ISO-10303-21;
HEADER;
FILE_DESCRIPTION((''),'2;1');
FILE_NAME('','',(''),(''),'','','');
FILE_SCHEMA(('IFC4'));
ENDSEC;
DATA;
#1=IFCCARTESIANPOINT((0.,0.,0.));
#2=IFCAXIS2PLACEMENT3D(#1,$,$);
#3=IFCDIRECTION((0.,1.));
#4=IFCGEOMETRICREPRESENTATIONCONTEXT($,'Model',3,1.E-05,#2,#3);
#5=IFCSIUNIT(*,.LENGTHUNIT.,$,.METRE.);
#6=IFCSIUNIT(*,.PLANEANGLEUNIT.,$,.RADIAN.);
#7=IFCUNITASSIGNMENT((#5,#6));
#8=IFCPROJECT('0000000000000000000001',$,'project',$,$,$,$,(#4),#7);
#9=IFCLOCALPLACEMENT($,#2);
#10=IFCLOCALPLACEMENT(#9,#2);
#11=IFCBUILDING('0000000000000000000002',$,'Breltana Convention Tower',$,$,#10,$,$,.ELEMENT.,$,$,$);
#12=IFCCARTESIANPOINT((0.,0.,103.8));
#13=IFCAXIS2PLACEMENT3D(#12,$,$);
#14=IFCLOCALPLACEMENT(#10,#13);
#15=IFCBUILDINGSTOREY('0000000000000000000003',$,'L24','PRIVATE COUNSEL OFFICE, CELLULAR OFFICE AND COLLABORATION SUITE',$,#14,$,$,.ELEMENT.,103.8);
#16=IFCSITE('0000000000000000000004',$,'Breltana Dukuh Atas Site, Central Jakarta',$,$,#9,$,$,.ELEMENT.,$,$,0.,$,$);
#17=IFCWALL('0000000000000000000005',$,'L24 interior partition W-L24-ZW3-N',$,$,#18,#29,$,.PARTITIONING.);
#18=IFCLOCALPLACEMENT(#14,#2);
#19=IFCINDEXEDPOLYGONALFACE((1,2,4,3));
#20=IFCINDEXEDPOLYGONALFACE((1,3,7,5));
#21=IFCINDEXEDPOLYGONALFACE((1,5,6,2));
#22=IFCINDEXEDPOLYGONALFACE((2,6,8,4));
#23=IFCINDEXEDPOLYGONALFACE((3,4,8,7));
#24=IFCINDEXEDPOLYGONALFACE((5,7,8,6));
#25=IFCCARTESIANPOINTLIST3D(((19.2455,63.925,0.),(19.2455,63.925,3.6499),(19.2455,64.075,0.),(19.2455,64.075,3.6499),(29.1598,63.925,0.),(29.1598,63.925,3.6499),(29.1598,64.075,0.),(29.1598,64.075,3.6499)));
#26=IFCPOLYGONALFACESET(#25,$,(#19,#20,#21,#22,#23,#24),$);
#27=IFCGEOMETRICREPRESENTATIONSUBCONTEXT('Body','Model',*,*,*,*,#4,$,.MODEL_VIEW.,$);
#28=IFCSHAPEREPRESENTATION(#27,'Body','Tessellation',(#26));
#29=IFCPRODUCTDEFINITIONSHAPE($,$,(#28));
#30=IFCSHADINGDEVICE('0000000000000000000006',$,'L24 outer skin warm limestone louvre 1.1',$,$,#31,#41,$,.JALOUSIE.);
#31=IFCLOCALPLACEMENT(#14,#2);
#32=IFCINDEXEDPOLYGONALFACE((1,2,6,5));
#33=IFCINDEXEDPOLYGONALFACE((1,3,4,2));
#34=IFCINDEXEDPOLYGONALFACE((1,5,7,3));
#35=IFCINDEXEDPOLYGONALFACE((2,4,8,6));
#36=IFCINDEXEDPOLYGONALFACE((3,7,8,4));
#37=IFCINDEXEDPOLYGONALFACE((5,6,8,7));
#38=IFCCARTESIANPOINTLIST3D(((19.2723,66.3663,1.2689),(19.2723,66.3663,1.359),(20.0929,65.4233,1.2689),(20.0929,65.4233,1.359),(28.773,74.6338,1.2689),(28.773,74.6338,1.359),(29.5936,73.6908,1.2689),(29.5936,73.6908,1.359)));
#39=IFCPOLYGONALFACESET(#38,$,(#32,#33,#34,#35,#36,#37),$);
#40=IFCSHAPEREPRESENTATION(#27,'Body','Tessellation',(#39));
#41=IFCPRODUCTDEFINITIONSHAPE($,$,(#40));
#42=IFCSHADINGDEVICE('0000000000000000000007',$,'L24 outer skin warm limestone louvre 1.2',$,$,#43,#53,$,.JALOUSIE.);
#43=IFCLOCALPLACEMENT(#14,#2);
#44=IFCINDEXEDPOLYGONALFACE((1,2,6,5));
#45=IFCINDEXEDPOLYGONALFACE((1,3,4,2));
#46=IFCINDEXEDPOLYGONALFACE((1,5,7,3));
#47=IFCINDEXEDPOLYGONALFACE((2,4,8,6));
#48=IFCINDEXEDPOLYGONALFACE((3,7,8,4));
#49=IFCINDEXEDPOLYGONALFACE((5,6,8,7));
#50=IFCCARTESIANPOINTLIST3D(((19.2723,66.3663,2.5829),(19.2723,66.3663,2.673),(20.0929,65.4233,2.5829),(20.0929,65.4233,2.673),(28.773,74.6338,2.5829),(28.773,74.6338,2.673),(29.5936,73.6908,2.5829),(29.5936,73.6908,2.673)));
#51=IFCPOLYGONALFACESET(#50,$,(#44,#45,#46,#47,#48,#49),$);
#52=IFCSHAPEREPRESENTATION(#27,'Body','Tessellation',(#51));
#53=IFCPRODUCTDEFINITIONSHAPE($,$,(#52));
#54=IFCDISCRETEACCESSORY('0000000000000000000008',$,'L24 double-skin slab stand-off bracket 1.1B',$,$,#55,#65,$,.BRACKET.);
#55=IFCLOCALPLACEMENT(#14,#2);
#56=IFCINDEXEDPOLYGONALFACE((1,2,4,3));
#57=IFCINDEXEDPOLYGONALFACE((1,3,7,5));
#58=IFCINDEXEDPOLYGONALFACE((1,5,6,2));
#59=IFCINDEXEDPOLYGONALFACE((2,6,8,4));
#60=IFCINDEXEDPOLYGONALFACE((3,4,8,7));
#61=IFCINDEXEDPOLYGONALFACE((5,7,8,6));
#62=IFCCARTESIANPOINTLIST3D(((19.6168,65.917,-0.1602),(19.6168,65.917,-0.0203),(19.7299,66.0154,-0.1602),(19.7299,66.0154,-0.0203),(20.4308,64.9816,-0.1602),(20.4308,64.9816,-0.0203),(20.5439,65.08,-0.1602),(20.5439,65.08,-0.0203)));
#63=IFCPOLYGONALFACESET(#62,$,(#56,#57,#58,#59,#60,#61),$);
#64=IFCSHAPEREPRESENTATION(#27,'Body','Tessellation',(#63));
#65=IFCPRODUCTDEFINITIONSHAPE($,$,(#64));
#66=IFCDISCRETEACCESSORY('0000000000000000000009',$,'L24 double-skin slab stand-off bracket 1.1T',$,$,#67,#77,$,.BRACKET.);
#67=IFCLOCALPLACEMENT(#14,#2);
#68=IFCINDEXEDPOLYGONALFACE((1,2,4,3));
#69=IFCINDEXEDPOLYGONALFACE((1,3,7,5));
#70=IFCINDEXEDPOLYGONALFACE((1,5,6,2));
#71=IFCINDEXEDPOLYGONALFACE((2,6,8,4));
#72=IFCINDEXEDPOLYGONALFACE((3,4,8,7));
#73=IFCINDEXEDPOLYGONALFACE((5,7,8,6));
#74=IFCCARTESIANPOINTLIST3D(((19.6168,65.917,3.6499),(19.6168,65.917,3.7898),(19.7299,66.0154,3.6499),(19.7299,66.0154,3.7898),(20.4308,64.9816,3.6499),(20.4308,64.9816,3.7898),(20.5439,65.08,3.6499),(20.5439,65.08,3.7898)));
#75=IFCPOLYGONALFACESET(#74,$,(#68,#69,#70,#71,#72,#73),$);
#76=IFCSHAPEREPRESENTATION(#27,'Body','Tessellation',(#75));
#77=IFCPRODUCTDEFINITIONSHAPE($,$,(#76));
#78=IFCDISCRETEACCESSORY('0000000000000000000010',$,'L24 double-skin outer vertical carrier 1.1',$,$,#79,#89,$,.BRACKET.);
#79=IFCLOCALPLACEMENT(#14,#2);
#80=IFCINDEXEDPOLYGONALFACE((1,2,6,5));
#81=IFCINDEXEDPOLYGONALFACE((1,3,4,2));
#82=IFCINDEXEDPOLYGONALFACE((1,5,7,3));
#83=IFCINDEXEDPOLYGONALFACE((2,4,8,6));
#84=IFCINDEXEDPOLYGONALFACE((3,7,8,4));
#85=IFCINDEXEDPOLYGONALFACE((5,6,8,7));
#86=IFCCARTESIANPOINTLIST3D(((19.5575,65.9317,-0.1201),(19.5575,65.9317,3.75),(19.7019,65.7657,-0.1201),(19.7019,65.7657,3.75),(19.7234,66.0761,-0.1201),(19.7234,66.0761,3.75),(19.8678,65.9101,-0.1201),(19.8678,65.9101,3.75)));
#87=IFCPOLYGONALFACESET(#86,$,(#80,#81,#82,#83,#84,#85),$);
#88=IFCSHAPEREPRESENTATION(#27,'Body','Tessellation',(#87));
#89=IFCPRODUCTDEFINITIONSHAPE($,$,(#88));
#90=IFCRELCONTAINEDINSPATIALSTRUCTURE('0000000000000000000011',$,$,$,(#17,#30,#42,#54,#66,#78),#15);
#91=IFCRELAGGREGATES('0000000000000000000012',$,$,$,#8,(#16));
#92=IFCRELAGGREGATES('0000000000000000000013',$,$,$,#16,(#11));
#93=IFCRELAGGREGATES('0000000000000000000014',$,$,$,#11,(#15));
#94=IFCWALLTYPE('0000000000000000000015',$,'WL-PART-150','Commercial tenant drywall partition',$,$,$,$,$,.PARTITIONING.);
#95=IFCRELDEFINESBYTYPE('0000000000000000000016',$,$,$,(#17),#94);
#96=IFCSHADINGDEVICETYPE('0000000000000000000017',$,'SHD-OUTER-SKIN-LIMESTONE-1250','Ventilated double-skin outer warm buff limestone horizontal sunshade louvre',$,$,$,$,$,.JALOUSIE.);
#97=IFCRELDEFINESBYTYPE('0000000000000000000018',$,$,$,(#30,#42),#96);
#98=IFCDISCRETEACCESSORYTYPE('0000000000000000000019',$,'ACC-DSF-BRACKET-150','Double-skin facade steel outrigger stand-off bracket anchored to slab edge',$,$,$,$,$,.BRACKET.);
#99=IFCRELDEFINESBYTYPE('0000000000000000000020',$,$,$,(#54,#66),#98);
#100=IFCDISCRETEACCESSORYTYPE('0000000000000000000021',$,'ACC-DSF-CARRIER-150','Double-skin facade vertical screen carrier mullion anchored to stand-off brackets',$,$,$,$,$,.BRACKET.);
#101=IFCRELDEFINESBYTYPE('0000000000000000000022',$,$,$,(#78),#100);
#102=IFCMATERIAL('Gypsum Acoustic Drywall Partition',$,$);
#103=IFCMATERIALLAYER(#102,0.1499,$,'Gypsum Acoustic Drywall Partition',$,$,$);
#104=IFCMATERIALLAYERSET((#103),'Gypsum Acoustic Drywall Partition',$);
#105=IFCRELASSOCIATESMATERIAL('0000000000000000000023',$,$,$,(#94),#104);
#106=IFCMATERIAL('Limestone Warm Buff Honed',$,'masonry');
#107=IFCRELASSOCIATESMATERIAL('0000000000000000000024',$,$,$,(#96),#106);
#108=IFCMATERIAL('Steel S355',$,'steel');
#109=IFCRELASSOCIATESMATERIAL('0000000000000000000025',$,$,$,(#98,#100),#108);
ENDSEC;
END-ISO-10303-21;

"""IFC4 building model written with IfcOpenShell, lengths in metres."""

from ifc_helpers import new_model, si_unit, direction, frame, frame_2d, origin, origin_2d, place, context, subcontext, project, spatial, rectangle, extrude, source, transform, mapped, material, layer, layer_set, material_profile, profile_set, type_object, type_shapes, element, save


model = new_model("IFC4")

# Units and contexts
model_context = context("Model", 3, precision=1e-05, world=origin(), true_north=direction((0.0, 1.0)))
body_context = subcontext(model_context, "Body", "Model", "MODEL_VIEW")
ifc_project = project(units=[si_unit("LENGTHUNIT", "METRE"), si_unit("PLANEANGLEUNIT", "RADIAN")], contexts=[model_context])

# Site, building, storey
site_placement = place(None, origin())
site = spatial("IfcSite", under=ifc_project, at=site_placement, Name="Breltana Dukuh Atas Site, Central Jakarta", CompositionType="ELEMENT", RefElevation=0.0)
building_placement = place(site_placement, origin())
building = spatial("IfcBuilding", under=site, at=building_placement, Name="Breltana Convention Tower", CompositionType="ELEMENT")
storey_placement = place(building_placement, frame((0.0, 0.0, 103.8)))
storey = spatial("IfcBuildingStorey", under=building, at=storey_placement, Name="L24", Description="PRIVATE COUNSEL OFFICE, CELLULAR OFFICE AND COLLABORATION SUITE", CompositionType="ELEMENT", Elevation=103.8)

# Wall
ifc_material_1 = material(Name="Gypsum Acoustic Drywall Partition")
ifc_layer_1 = layer(ifc_material_1, 0.1499, Name="Gypsum Acoustic Drywall Partition")
ifc_layer_set_1 = layer_set([ifc_layer_1], Name="Gypsum Acoustic Drywall Partition")
wall_type_1 = type_object("IfcWallType", Name="WL-PART-150", Description="Commercial tenant drywall partition", PredefinedType="PARTITIONING", material=ifc_layer_set_1)
shared_shape_1 = source(origin(), body_context, "Body", "SweptSolid", [
    extrude(rectangle(XDim=9.9143, YDim=0.1499, at=frame_2d((4.957, 0.0))), origin(), (0.0, 0.0, 1.0), 3.6499),
])
wall_1_placement = place(storey_placement, frame((19.2456, 64.0, 0.0), z_axis=(0.0, 0.0, 1.0), x_axis=(1.0, 0.0, 0.0)))
element("IfcWall", 1, at=wall_1_placement, inside=storey, type_object=wall_type_1, Name="L24 interior partition W-L24-ZW3-N", PredefinedType="PARTITIONING", context=body_context, shape_type="MappedRepresentation", body=[
    mapped(shared_shape_1, transform((0.0, 0.0, 0.0), scale=1.0)),
])

# Shading devices
ifc_material_2 = material(Name="Limestone Warm Buff Honed", Category="masonry")
ifc_material_profile_1 = material_profile(ifc_material_2, rectangle(XDim=1.25, YDim=0.0901, at=origin_2d()), Name="STN-LVR-1250X90")
ifc_profile_set_1 = profile_set([ifc_material_profile_1], Name="Limestone Warm Buff Honed")
shading_device_type = type_object("IfcShadingDeviceType", Name="SHD-OUTER-SKIN-LIMESTONE-1250", Description="Ventilated double-skin outer warm buff limestone horizontal sunshade louvre", PredefinedType="JALOUSIE", material=ifc_profile_set_1)
shared_shape_2 = source(origin(), body_context, "Body", "SweptSolid", [
    extrude(rectangle(XDim=1.25, YDim=0.0901, at=origin_2d()), origin(), (0.0, 0.0, 1.0), 12.5942),
])
for number, where, z_axis, x_axis, name in (
    (2, (19.6826, 65.8948, 1.314), (0.754367, 0.656453, 0.0), (-0.656453, 0.754367, 0.0), "L24 outer skin warm limestone louvre 1.1"),
    (3, (19.6826, 65.8948, 2.6279), (0.754367, 0.656453, 0.0), (-0.656453, 0.754367, 0.0), "L24 outer skin warm limestone louvre 1.2"),
):
    element("IfcShadingDevice", number, at=place(storey_placement, frame(where, z_axis=z_axis, x_axis=x_axis)), inside=storey, type_object=shading_device_type, Name=name, PredefinedType="JALOUSIE", context=body_context, shape_type="MappedRepresentation", body=[
        mapped(shared_shape_2, transform((0.0, 0.0, 0.0), scale=1.0)),
    ])

# Discrete accessories
ifc_material_3 = material(Name="Steel S355", Category="steel")
discrete_accessory_type_1 = type_object("IfcDiscreteAccessoryType", Name="ACC-DSF-BRACKET-150", Description="Double-skin facade steel outrigger stand-off bracket anchored to slab edge", PredefinedType="BRACKET", material=ifc_material_3)
shared_shape_3 = source(origin(), body_context, "Body", "SweptSolid", [
    extrude(rectangle(XDim=1.24, YDim=0.1499, at=origin_2d()), origin(), (0.0, 0.0, 1.0), 0.1399),
])
type_shapes(discrete_accessory_type_1, [shared_shape_3])
for number, where, z_axis, x_axis, name in (
    (4, (20.0803, 65.4985, -0.1602), (0.0, 0.0, 1.0), (-0.656454, 0.754366, 0.0), "L24 double-skin slab stand-off bracket 1.1B"),
    (5, (20.0803, 65.4985, 3.6499), (0.0, 0.0, 1.0), (-0.656454, 0.754366, 0.0), "L24 double-skin slab stand-off bracket 1.1T"),
):
    element("IfcDiscreteAccessory", number, at=place(storey_placement, frame(where, z_axis=z_axis, x_axis=x_axis)), inside=storey, type_object=discrete_accessory_type_1, Name=name, PredefinedType="BRACKET", context=body_context, shape_type="MappedRepresentation", body=[
        mapped(shared_shape_3, transform((0.0, 0.0, 0.0), scale=1.0)),
    ])
discrete_accessory_type_2 = type_object("IfcDiscreteAccessoryType", Name="ACC-DSF-CARRIER-150", Description="Double-skin facade vertical screen carrier mullion anchored to stand-off brackets", PredefinedType="BRACKET", material=ifc_material_3)
shared_shape_4 = source(origin(), body_context, "Body", "SweptSolid", [
    extrude(rectangle(XDim=0.22, YDim=0.22, at=origin_2d()), origin(), (0.0, 0.0, 1.0), 3.8701),
])
discrete_accessory_placement = place(storey_placement, frame((19.7126, 65.9209, -0.1201), z_axis=(0.0, 0.0, 1.0), x_axis=(-0.656454, 0.754366, 0.0)))
element("IfcDiscreteAccessory", 6, at=discrete_accessory_placement, inside=storey, type_object=discrete_accessory_type_2, Name="L24 double-skin outer vertical carrier 1.1", PredefinedType="BRACKET", context=body_context, shape_type="MappedRepresentation", body=[
    mapped(shared_shape_4, transform((0.0, 0.0, 0.0), scale=1.0)),
])

save(model, "model.ifc")
